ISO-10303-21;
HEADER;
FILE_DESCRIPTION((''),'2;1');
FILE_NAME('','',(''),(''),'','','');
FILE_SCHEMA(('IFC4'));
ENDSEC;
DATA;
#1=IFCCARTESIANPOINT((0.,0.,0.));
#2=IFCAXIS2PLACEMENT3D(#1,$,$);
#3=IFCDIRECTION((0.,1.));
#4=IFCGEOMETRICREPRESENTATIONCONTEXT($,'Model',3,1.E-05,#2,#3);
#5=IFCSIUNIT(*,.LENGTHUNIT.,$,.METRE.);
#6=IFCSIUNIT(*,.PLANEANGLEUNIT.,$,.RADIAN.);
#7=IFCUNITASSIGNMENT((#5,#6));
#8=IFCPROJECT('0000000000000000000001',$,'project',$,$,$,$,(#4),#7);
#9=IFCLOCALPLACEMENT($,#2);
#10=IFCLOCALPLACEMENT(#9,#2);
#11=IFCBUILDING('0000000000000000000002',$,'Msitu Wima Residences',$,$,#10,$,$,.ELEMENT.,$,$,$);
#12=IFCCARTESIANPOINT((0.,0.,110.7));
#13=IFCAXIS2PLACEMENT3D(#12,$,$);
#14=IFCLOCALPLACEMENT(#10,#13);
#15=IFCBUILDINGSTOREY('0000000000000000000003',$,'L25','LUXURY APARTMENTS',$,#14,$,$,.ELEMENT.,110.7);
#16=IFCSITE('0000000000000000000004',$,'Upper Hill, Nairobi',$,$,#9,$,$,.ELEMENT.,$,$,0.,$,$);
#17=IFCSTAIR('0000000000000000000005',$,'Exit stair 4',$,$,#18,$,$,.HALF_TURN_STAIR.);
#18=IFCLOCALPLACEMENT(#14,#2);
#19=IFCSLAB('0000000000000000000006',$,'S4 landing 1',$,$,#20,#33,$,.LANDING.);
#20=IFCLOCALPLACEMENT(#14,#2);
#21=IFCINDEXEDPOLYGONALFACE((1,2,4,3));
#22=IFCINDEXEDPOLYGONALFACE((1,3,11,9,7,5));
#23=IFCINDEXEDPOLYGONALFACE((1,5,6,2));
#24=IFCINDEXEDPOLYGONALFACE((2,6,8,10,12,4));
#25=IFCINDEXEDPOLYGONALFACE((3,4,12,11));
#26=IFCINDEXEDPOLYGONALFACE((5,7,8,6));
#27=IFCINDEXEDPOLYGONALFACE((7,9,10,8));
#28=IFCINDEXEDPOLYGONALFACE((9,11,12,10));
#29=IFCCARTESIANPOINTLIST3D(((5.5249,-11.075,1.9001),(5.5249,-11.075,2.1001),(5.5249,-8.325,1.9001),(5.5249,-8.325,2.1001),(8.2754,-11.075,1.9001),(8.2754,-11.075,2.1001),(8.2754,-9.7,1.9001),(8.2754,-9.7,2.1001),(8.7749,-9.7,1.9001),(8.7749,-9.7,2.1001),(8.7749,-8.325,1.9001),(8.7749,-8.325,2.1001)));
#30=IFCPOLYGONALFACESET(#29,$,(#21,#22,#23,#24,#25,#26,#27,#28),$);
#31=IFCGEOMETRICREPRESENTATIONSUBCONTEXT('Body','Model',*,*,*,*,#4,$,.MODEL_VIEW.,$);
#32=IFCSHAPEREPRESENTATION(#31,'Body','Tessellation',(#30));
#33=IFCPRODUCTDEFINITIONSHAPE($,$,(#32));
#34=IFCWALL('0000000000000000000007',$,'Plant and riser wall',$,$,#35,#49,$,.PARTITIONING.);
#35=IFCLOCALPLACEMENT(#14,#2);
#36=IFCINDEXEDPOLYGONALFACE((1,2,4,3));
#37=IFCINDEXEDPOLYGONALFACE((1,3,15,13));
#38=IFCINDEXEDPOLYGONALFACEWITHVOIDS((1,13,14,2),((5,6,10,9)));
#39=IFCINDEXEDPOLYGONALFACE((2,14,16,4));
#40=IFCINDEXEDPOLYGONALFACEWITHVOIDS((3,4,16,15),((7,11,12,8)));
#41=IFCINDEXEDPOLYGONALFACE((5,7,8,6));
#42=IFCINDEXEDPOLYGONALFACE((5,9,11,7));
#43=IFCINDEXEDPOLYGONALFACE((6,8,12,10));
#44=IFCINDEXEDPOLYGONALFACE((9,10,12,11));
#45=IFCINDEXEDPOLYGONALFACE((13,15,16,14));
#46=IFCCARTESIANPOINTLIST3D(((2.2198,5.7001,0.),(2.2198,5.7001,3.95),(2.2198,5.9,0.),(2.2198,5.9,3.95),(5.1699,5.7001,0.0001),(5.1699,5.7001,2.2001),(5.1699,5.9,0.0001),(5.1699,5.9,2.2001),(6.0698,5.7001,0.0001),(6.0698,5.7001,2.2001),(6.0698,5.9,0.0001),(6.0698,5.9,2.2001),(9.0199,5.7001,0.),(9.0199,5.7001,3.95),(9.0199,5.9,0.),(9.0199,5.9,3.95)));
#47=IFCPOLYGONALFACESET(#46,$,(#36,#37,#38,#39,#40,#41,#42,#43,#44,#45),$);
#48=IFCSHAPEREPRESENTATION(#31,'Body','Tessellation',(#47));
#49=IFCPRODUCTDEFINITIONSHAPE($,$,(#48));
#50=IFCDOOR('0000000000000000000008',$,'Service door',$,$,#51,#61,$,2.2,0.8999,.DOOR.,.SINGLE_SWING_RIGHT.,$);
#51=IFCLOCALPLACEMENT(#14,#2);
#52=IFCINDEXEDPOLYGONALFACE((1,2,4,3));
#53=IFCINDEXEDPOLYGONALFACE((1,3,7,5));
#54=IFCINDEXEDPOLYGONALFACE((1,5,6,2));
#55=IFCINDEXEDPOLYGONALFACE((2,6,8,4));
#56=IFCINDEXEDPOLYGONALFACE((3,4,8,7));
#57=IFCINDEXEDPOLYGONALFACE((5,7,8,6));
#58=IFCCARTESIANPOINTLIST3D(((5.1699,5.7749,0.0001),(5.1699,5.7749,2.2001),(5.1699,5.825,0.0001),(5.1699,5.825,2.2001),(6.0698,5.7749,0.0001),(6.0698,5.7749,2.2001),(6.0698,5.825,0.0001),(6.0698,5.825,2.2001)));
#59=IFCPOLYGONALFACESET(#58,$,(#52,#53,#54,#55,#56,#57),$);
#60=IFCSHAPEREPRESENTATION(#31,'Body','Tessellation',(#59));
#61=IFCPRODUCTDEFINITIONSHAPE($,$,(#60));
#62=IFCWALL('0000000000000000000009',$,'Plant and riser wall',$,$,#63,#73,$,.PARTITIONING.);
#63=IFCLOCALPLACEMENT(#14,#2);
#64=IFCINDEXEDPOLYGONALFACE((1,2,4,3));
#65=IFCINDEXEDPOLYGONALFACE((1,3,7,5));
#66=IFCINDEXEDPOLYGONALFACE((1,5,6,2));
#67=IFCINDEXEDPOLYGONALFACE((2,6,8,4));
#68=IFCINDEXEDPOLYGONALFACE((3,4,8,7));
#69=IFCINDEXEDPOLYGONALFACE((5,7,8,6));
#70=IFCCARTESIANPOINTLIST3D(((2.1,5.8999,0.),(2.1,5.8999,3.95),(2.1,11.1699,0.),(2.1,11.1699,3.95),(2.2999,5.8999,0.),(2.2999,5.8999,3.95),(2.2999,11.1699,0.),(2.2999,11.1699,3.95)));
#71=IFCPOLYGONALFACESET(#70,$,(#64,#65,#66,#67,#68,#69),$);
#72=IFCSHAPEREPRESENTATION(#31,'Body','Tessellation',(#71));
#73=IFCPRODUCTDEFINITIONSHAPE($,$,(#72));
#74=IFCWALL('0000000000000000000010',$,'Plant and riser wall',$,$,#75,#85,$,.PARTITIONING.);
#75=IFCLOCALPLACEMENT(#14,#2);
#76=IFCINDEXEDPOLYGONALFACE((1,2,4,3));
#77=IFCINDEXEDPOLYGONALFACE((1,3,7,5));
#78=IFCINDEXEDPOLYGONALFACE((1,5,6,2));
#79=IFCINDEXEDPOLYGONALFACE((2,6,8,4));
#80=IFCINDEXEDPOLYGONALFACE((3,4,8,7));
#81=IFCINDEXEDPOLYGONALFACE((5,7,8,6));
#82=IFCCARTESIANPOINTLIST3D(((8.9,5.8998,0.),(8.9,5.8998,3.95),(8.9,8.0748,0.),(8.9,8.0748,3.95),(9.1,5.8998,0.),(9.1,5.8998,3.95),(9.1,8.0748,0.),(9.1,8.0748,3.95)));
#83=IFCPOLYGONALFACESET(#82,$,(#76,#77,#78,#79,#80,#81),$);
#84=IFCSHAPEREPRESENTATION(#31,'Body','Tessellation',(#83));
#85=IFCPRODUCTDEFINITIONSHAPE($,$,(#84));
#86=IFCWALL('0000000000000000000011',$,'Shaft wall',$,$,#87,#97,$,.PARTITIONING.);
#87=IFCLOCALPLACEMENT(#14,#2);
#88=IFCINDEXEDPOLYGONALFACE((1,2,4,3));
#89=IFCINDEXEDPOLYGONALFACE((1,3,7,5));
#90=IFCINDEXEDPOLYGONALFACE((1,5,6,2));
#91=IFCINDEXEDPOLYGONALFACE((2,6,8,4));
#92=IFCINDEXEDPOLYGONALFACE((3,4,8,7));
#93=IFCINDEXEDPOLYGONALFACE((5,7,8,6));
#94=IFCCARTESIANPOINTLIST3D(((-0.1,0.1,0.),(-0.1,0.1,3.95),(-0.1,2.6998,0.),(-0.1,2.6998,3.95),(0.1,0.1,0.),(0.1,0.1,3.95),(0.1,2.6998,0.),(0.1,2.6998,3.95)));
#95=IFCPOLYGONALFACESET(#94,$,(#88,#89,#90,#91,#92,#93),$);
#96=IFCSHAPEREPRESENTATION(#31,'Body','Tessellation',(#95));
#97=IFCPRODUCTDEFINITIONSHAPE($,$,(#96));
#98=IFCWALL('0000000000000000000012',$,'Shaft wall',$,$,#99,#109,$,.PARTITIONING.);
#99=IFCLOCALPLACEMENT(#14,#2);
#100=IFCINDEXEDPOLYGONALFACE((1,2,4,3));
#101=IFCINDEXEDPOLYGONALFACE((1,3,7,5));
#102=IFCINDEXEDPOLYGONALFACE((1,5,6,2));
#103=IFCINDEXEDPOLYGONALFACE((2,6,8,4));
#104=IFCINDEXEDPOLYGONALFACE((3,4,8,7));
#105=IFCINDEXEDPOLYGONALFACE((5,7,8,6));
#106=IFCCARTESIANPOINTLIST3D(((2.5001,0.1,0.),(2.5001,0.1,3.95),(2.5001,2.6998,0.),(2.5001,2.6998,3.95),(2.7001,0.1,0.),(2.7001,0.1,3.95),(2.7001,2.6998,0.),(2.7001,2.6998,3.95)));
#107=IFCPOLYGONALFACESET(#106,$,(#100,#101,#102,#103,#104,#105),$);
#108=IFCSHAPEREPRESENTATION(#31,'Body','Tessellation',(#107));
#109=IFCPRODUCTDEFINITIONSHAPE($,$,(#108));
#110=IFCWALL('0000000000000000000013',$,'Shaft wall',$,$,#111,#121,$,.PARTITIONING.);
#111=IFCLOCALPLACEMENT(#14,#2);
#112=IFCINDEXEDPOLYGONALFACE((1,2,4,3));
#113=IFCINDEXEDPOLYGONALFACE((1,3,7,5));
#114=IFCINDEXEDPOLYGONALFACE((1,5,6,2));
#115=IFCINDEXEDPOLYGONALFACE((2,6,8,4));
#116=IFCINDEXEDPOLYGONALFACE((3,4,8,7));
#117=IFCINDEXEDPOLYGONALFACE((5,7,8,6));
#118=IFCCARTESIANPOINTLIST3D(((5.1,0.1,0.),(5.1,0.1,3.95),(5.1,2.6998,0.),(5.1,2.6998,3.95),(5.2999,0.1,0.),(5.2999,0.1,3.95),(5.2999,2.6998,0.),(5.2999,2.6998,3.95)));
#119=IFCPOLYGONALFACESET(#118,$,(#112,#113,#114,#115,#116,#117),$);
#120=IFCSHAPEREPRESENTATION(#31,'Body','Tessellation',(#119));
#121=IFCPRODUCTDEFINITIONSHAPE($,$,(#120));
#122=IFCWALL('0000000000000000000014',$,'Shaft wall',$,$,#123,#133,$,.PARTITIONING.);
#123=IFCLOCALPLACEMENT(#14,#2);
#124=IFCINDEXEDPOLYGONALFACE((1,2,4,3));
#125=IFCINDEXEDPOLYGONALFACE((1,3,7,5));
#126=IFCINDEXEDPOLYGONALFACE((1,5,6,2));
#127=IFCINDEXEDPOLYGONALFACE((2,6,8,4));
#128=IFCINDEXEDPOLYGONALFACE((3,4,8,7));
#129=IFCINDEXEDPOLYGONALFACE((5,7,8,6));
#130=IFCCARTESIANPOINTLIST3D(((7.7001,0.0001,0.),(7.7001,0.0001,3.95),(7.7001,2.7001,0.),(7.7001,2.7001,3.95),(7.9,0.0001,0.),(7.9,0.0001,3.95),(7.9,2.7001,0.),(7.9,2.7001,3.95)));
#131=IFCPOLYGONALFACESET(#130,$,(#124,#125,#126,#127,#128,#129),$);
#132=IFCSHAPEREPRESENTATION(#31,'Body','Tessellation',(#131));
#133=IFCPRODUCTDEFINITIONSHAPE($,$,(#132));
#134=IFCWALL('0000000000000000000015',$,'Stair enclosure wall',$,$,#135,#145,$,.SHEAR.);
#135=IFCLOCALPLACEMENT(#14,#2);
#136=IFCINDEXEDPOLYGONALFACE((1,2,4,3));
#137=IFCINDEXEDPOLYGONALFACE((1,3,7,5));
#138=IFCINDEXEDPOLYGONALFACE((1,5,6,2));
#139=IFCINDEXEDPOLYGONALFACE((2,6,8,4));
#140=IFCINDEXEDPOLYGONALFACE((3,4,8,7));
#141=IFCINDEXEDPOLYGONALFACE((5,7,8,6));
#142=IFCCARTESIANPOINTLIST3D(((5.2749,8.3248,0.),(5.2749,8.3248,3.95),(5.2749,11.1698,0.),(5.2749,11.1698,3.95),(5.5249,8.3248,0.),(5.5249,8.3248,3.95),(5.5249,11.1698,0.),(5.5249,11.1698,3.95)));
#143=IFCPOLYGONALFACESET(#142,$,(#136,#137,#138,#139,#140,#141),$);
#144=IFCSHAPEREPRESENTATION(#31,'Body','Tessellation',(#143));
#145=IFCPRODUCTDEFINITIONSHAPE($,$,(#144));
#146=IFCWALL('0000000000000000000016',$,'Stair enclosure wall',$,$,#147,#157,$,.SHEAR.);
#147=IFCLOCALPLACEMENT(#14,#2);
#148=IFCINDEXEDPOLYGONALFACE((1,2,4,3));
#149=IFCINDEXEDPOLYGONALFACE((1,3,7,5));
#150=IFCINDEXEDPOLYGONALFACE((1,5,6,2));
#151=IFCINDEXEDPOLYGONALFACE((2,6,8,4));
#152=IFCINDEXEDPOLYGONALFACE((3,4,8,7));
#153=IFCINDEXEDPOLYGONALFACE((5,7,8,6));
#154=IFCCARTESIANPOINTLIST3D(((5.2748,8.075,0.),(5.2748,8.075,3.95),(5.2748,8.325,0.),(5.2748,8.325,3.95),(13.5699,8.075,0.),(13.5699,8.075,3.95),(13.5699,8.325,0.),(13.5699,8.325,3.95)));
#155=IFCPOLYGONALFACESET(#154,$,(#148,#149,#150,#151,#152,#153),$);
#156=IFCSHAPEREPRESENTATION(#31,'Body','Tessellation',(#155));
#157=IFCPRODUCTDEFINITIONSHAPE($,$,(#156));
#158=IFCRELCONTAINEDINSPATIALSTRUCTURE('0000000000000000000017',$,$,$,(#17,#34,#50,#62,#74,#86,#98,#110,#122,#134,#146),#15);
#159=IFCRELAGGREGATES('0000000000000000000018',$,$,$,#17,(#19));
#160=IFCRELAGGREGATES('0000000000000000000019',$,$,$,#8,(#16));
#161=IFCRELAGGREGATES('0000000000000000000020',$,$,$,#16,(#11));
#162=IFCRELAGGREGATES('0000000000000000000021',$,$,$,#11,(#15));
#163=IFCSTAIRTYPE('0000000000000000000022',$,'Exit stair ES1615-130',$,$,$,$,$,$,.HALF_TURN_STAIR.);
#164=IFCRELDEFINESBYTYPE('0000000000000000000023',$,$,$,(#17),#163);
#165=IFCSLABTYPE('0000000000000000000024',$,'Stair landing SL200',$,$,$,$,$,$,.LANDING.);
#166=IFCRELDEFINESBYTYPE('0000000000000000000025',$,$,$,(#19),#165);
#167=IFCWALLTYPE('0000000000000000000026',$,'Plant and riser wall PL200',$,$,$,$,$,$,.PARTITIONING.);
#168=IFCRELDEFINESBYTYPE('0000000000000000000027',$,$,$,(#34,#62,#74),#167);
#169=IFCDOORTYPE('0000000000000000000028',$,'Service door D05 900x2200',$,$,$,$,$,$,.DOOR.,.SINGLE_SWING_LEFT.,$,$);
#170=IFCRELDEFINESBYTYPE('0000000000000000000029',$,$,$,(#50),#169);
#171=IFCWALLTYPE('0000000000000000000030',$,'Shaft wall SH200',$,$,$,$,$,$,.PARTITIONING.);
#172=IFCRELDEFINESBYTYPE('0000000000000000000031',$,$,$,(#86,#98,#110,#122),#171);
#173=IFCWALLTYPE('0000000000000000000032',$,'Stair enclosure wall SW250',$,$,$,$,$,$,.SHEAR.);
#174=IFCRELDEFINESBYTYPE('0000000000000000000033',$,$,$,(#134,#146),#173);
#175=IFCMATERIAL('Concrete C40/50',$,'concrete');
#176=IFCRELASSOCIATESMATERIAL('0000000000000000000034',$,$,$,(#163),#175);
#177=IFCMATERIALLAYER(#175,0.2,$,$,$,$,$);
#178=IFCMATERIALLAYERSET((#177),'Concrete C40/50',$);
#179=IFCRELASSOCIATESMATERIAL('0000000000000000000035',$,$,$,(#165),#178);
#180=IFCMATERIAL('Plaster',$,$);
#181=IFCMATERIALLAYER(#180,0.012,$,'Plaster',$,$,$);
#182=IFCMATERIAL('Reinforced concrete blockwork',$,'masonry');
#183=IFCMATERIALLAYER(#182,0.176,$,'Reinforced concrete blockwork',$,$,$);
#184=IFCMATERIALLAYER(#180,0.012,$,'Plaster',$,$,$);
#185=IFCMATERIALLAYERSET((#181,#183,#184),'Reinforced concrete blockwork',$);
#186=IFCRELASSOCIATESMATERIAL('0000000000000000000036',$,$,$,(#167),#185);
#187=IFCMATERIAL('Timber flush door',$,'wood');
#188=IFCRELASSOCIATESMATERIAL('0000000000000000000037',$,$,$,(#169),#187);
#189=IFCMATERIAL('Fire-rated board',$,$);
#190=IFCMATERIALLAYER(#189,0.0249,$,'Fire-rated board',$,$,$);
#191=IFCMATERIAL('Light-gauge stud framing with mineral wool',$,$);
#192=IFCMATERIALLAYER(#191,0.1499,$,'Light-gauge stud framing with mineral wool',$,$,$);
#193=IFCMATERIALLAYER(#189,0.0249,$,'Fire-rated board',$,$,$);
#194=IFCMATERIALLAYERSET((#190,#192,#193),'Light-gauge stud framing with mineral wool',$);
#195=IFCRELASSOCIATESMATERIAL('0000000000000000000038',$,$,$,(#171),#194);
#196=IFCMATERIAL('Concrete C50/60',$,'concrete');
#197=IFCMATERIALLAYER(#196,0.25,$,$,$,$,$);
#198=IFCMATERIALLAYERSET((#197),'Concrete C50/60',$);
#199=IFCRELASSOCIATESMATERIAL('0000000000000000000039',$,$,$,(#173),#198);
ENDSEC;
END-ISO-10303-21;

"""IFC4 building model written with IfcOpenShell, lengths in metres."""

from ifc_helpers import new_model, si_unit, direction, frame, frame_2d, origin, place, context, subcontext, project, spatial, polyline, rectangle, outline, extrude, material, layer, layer_set, type_object, element, fill, aggregate, save


model = new_model("IFC4")

# Units and contexts
model_context = context("Model", 3, precision=1e-05, world=origin(), true_north=direction((0.0, 1.0)))
body_context = subcontext(model_context, "Body", "Model", "MODEL_VIEW")
ifc_project = project(units=[si_unit("LENGTHUNIT", "METRE"), si_unit("PLANEANGLEUNIT", "RADIAN")], contexts=[model_context])

# Site, building, storey
site_placement = place(None, origin())
site = spatial("IfcSite", under=ifc_project, at=site_placement, Name="Upper Hill, Nairobi", CompositionType="ELEMENT", RefElevation=0.0)
building_placement = place(site_placement, origin())
building = spatial("IfcBuilding", under=site, at=building_placement, Name="Msitu Wima Residences", CompositionType="ELEMENT")
storey_placement = place(building_placement, frame((0.0, 0.0, 110.7)))
storey = spatial("IfcBuildingStorey", under=building, at=storey_placement, Name="L25", Description="LUXURY APARTMENTS", CompositionType="ELEMENT", Elevation=110.7)

# Shared definitions
ifc_material_1 = material(Name="Concrete C40/50", Category="concrete")

# Stair, slab
stair_type = type_object("IfcStairType", Name="Exit stair ES1615-130", PredefinedType="HALF_TURN_STAIR", material=ifc_material_1)
ifc_layer_1 = layer(ifc_material_1, 0.2)
ifc_layer_set_1 = layer_set([ifc_layer_1], Name="Concrete C40/50")
slab_type_1 = type_object("IfcSlabType", Name="Stair landing SL200", PredefinedType="LANDING", material=ifc_layer_set_1)
stair_1_placement = place(storey_placement, origin())
stair_1 = element("IfcStair", 1, at=stair_1_placement, inside=storey, type_object=stair_type, Name="Exit stair 4", PredefinedType="HALF_TURN_STAIR")
slab_1_placement = place(storey_placement, frame((0.0, 0.0, 1.9001)))
slab_1 = element("IfcSlab", 2, at=slab_1_placement, type_object=slab_type_1, Name="S4 landing 1", PredefinedType="LANDING", context=body_context, shape_type="SweptSolid", body=[
    extrude(outline(polyline([(5.5249, -11.075), (8.2754, -11.075), (8.2754, -9.7), (8.7749, -9.7), (8.7749, -8.325), (5.5249, -8.325), (5.5249, -11.075)])), origin(), (0.0, 0.0, 1.0), 0.2),
])
aggregate(stair_1, [slab_1])

# Wall, opening, door
ifc_material_2 = material(Name="Plaster")
ifc_layer_2 = layer(ifc_material_2, 0.012, Name="Plaster")
ifc_material_3 = material(Name="Reinforced concrete blockwork", Category="masonry")
ifc_layer_3 = layer(ifc_material_3, 0.176, Name="Reinforced concrete blockwork")
ifc_layer_4 = layer(ifc_material_2, 0.012, Name="Plaster")
ifc_layer_set_2 = layer_set([ifc_layer_2, ifc_layer_3, ifc_layer_4], Name="Reinforced concrete blockwork")
wall_type_1 = type_object("IfcWallType", Name="Plant and riser wall PL200", PredefinedType="PARTITIONING", material=ifc_layer_set_2)
wall_1_placement = place(storey_placement, frame((2.22, 5.8, 0.0), z_axis=(0.0, 0.0, 1.0), x_axis=(1.0, 0.0, 0.0)))
wall_1 = element("IfcWall", 3, at=wall_1_placement, inside=storey, type_object=wall_type_1, Name="Plant and riser wall", PredefinedType="PARTITIONING", context=body_context, shape_type="SweptSolid", body=[
    extrude(rectangle(XDim=6.8, YDim=0.2, at=frame_2d((3.3999, 0.0))), origin(), (0.0, 0.0, 1.0), 3.95),
])
opening_placement = place(wall_1_placement, frame((2.95, 0.0, 0.0)))
opening = element("IfcOpeningElement", 4, at=opening_placement, cuts=wall_1, PredefinedType="OPENING", context=body_context, shape_type="SweptSolid", body=[
    extrude(rectangle(XDim=0.8999, YDim=2.2, at=frame_2d((0.45, 1.1001))), frame((0.0, 0.1099, 0.0), z_axis=(0.0, -1.0, 0.0), x_axis=(1.0, 0.0, 0.0)), (0.0, 0.0, 1.0), 0.22),
])
ifc_material_4 = material(Name="Timber flush door", Category="wood")
door_type = type_object("IfcDoorType", Name="Service door D05 900x2200", OperationType="SINGLE_SWING_LEFT", PredefinedType="DOOR", material=ifc_material_4)
door_placement = place(opening_placement, origin())
door = element("IfcDoor", 5, at=door_placement, inside=storey, type_object=door_type, Name="Service door", OperationType="SINGLE_SWING_RIGHT", OverallHeight=2.2, OverallWidth=0.8999, PredefinedType="DOOR", context=body_context, shape_type="SweptSolid", body=[
    extrude(rectangle(XDim=0.8999, YDim=2.2, at=frame_2d((0.45, 1.1001))), frame((0.0, 0.0249, 0.0), z_axis=(0.0, -1.0, 0.0), x_axis=(1.0, 0.0, 0.0)), (0.0, 0.0, 1.0), 0.05),
])
fill(opening, door)

# Walls
wall_2_placement = place(storey_placement, frame((2.2, 5.8999, 0.0), z_axis=(0.0, 0.0, 1.0), x_axis=(0.0, 1.0, 0.0)))
element("IfcWall", 6, at=wall_2_placement, inside=storey, type_object=wall_type_1, Name="Plant and riser wall", PredefinedType="PARTITIONING", context=body_context, shape_type="SweptSolid", body=[
    extrude(rectangle(XDim=5.27, YDim=0.2, at=frame_2d((2.635, 0.0))), origin(), (0.0, 0.0, 1.0), 3.95),
])
wall_3_placement = place(storey_placement, frame((9.0, 5.8999, 0.0), z_axis=(0.0, 0.0, 1.0), x_axis=(0.0, 1.0, 0.0)))
element("IfcWall", 7, at=wall_3_placement, inside=storey, type_object=wall_type_1, Name="Plant and riser wall", PredefinedType="PARTITIONING", context=body_context, shape_type="SweptSolid", body=[
    extrude(rectangle(XDim=2.175, YDim=0.2, at=frame_2d((1.0874, 0.0))), origin(), (0.0, 0.0, 1.0), 3.95),
])
ifc_material_5 = material(Name="Fire-rated board")
ifc_layer_5 = layer(ifc_material_5, 0.0249, Name="Fire-rated board")
ifc_material_6 = material(Name="Light-gauge stud framing with mineral wool")
ifc_layer_6 = layer(ifc_material_6, 0.1499, Name="Light-gauge stud framing with mineral wool")
ifc_layer_7 = layer(ifc_material_5, 0.0249, Name="Fire-rated board")
ifc_layer_set_3 = layer_set([ifc_layer_5, ifc_layer_6, ifc_layer_7], Name="Light-gauge stud framing with mineral wool")
wall_type_2 = type_object("IfcWallType", Name="Shaft wall SH200", PredefinedType="PARTITIONING", material=ifc_layer_set_3)
for number, where, z_axis, x_axis, name in (
    (8, (0.0, 0.1001, 0.0), (0.0, 0.0, 1.0), (0.0, 1.0, 0.0), "Shaft wall"),
    (9, (2.6001, 0.1001, 0.0), (0.0, 0.0, 1.0), (0.0, 1.0, 0.0), "Shaft wall"),
    (10, (5.2, 0.1001, 0.0), (0.0, 0.0, 1.0), (0.0, 1.0, 0.0), "Shaft wall"),
):
    element("IfcWall", number, at=place(storey_placement, frame(where, z_axis=z_axis, x_axis=x_axis)), inside=storey, type_object=wall_type_2, Name=name, PredefinedType="PARTITIONING", context=body_context, shape_type="SweptSolid", body=[
        extrude(rectangle(XDim=2.5999, YDim=0.2, at=frame_2d((1.2998, 0.0))), origin(), (0.0, 0.0, 1.0), 3.95),
    ])
wall_4_placement = place(storey_placement, frame((7.8, 0.0, 0.0), z_axis=(0.0, 0.0, 1.0), x_axis=(0.0, 1.0, 0.0)))
element("IfcWall", 11, at=wall_4_placement, inside=storey, type_object=wall_type_2, Name="Shaft wall", PredefinedType="PARTITIONING", context=body_context, shape_type="SweptSolid", body=[
    extrude(rectangle(XDim=2.7, YDim=0.2, at=frame_2d((1.3501, 0.0))), origin(), (0.0, 0.0, 1.0), 3.95),
])
ifc_material_7 = material(Name="Concrete C50/60", Category="concrete")
ifc_layer_8 = layer(ifc_material_7, 0.25)
ifc_layer_set_4 = layer_set([ifc_layer_8], Name="Concrete C50/60")
wall_type_3 = type_object("IfcWallType", Name="Stair enclosure wall SW250", PredefinedType="SHEAR", material=ifc_layer_set_4)
wall_5_placement = place(storey_placement, frame((5.3999, 8.325, 0.0), z_axis=(0.0, 0.0, 1.0), x_axis=(0.0, 1.0, 0.0)))
element("IfcWall", 12, at=wall_5_placement, inside=storey, type_object=wall_type_3, Name="Stair enclosure wall", PredefinedType="SHEAR", context=body_context, shape_type="SweptSolid", body=[
    extrude(rectangle(XDim=2.845, YDim=0.25, at=frame_2d((1.4224, 0.0))), origin(), (0.0, 0.0, 1.0), 3.95),
])
wall_6_placement = place(storey_placement, frame((5.2749, 8.2, 0.0), z_axis=(0.0, 0.0, 1.0), x_axis=(1.0, 0.0, 0.0)))
element("IfcWall", 13, at=wall_6_placement, inside=storey, type_object=wall_type_3, Name="Stair enclosure wall", PredefinedType="SHEAR", context=body_context, shape_type="SweptSolid", body=[
    extrude(rectangle(XDim=8.2952, YDim=0.25, at=frame_2d((4.1475, 0.0))), origin(), (0.0, 0.0, 1.0), 3.95),
])

save(model, "model.ifc")
